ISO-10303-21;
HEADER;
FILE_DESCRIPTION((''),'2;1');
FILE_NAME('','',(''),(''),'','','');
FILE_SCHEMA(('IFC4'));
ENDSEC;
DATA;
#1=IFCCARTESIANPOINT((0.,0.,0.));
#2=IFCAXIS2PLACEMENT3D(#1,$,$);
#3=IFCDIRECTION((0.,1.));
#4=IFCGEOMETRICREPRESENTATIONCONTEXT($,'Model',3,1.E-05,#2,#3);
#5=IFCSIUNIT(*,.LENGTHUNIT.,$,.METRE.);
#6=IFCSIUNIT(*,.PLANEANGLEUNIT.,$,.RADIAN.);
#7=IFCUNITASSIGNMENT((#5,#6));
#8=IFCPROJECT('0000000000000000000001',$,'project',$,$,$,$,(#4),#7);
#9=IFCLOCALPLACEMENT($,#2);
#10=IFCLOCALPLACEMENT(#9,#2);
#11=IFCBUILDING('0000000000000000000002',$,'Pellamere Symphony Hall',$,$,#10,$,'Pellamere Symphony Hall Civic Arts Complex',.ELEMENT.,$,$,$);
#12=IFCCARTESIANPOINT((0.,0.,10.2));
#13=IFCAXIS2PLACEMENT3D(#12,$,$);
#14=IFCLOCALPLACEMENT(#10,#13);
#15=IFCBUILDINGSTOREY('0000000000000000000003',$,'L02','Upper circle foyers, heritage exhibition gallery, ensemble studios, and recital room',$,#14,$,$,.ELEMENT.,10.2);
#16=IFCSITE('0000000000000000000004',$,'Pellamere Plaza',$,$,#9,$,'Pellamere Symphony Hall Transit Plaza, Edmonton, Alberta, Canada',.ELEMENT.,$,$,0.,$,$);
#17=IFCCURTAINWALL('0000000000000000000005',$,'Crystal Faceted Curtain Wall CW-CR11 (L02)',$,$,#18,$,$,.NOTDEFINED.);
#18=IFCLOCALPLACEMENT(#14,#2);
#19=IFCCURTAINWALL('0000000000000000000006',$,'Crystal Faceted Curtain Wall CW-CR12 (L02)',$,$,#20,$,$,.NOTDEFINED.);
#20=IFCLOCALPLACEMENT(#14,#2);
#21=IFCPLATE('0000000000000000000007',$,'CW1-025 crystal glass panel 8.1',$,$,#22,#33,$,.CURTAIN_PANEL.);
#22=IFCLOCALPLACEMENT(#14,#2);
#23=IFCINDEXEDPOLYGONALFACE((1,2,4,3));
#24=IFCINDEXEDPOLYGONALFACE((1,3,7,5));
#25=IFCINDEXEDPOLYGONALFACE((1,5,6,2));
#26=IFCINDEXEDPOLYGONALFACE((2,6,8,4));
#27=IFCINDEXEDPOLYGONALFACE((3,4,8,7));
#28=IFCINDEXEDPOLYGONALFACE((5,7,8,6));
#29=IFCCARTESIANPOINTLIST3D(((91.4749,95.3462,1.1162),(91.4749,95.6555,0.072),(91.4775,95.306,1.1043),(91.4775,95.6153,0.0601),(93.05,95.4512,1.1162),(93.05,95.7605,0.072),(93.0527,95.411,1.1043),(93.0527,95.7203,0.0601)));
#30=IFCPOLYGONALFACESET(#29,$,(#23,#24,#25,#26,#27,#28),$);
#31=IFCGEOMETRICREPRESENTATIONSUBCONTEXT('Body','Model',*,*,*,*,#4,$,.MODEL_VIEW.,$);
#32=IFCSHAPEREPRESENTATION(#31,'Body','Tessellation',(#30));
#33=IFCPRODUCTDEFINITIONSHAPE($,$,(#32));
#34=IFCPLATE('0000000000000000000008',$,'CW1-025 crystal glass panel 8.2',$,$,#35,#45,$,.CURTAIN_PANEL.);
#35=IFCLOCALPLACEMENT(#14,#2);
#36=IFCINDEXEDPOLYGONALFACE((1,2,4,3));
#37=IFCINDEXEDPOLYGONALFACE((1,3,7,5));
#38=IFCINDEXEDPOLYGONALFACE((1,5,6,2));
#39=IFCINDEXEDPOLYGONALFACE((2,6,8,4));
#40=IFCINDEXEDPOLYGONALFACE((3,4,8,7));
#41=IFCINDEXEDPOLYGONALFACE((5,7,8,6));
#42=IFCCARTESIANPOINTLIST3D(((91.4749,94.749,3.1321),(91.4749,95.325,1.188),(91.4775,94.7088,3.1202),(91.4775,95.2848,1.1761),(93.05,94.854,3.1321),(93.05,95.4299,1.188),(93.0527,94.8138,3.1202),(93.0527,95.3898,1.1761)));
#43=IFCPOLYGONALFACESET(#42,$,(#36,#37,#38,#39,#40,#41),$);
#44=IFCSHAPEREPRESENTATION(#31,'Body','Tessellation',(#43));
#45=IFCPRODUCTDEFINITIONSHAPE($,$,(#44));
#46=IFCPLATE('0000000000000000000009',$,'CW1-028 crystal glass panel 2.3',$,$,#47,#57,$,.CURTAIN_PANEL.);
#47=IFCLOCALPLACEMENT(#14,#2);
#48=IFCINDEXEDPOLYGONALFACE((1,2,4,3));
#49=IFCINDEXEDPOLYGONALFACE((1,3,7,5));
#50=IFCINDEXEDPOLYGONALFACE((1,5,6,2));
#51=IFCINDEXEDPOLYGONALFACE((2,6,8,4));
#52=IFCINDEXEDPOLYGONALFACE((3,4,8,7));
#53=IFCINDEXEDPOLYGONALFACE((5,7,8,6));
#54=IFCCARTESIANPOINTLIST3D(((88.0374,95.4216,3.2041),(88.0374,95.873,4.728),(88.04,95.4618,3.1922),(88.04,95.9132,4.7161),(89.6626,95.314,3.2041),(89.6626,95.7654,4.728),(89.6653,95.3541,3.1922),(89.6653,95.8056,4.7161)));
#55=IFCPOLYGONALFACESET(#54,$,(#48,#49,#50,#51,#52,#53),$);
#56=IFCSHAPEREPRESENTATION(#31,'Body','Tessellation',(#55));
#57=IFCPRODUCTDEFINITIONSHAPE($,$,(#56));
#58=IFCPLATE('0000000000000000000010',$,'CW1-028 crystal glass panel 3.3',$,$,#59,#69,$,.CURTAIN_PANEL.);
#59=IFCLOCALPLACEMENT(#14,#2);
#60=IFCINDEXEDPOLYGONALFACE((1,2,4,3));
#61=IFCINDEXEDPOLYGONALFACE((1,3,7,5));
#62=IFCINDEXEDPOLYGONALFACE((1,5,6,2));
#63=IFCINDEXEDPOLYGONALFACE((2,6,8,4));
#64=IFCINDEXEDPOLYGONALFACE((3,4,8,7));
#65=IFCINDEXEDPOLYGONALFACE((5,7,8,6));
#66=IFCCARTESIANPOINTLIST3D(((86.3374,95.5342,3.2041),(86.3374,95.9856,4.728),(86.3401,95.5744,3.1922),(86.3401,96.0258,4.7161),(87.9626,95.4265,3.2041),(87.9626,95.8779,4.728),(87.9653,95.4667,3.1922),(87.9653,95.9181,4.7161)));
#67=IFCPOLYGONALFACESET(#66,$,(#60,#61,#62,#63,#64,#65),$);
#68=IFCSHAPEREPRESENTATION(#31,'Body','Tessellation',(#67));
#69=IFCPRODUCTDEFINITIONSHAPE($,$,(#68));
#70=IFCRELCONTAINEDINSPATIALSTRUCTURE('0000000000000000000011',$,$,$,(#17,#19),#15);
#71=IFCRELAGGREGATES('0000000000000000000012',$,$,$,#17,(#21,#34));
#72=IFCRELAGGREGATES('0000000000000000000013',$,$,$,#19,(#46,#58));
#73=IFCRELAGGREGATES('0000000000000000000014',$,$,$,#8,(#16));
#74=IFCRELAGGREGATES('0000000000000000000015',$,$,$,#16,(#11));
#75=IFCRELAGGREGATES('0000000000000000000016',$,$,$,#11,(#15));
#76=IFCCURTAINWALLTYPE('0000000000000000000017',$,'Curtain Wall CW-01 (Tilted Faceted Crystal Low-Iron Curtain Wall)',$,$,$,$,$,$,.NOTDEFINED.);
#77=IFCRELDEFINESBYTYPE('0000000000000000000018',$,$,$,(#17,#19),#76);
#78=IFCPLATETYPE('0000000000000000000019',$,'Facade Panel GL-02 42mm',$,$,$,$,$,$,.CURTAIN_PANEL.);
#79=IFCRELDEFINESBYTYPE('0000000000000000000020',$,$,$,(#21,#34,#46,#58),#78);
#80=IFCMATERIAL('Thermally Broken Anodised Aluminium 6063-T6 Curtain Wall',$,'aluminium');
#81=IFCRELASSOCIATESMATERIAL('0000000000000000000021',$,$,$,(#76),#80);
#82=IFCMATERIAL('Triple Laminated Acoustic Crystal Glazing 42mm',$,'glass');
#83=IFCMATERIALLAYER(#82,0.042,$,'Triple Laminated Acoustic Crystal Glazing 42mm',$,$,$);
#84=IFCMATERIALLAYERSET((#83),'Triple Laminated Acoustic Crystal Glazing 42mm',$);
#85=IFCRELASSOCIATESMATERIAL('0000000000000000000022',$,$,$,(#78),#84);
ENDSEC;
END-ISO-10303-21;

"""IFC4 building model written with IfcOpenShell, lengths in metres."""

from ifc_helpers import new_model, si_unit, direction, frame, origin, place, context, subcontext, project, spatial, polyline, outline, extrude, material, layer, layer_set, type_object, element, aggregate, save


model = new_model("IFC4")

# Units and contexts
model_context = context("Model", 3, precision=1e-05, world=origin(), true_north=direction((0.0, 1.0)))
body_context = subcontext(model_context, "Body", "Model", "MODEL_VIEW")
ifc_project = project(units=[si_unit("LENGTHUNIT", "METRE"), si_unit("PLANEANGLEUNIT", "RADIAN")], contexts=[model_context])

# Site, building, storey
site_placement = place(None, origin())
site = spatial("IfcSite", under=ifc_project, at=site_placement, Name="Pellamere Plaza", LongName="Pellamere Symphony Hall Transit Plaza, Edmonton, Alberta, Canada", CompositionType="ELEMENT", RefElevation=0.0)
building_placement = place(site_placement, origin())
building = spatial("IfcBuilding", under=site, at=building_placement, Name="Pellamere Symphony Hall", LongName="Pellamere Symphony Hall Civic Arts Complex", CompositionType="ELEMENT")
storey_placement = place(building_placement, frame((0.0, 0.0, 10.2)))
storey = spatial("IfcBuildingStorey", under=building, at=storey_placement, Name="L02", Description="Upper circle foyers, heritage exhibition gallery, ensemble studios, and recital room", CompositionType="ELEMENT", Elevation=10.2)

# Curtain walls
ifc_material_1 = material(Name="Thermally Broken Anodised Aluminium 6063-T6 Curtain Wall", Category="aluminium")
curtain_wall_type = type_object("IfcCurtainWallType", Name="Curtain Wall CW-01 (Tilted Faceted Crystal Low-Iron Curtain Wall)", PredefinedType="NOTDEFINED", material=ifc_material_1)
curtain_wall_1_placement = place(storey_placement, origin())
curtain_wall_1 = element("IfcCurtainWall", 1, at=curtain_wall_1_placement, inside=storey, type_object=curtain_wall_type, Name="Crystal Faceted Curtain Wall CW-CR11 (L02)", PredefinedType="NOTDEFINED")
curtain_wall_2_placement = place(storey_placement, origin())
curtain_wall_2 = element("IfcCurtainWall", 2, at=curtain_wall_2_placement, inside=storey, type_object=curtain_wall_type, Name="Crystal Faceted Curtain Wall CW-CR12 (L02)", PredefinedType="NOTDEFINED")

# Plates
ifc_material_2 = material(Name="Triple Laminated Acoustic Crystal Glazing 42mm", Category="glass")
ifc_layer = layer(ifc_material_2, 0.042, Name="Triple Laminated Acoustic Crystal Glazing 42mm")
ifc_layer_set = layer_set([ifc_layer], Name="Triple Laminated Acoustic Crystal Glazing 42mm")
plate_type = type_object("IfcPlateType", Name="Facade Panel GL-02 42mm", PredefinedType="CURTAIN_PANEL", material=ifc_layer_set)
plate_1_placement = place(storey_placement, frame((93.05, 95.7605, 0.072), z_axis=(-0.063771, 0.956862, 0.283457), x_axis=(-0.997787, -0.066498, 0.0)))
plate_1 = element("IfcPlate", 3, at=plate_1_placement, type_object=plate_type, Name="CW1-025 crystal glass panel 8.1", PredefinedType="CURTAIN_PANEL", context=body_context, shape_type="SweptSolid", body=[
    extrude(outline(polyline([(0.0, 0.0), (1.5787, 0.0), (1.5993, 1.0888), (0.0206, 1.0888), (0.0, 0.0)])), origin(), (0.0, 0.0, -1.0), 0.042),
])
plate_2_placement = place(storey_placement, frame((93.05, 95.4299, 1.188), z_axis=(-0.063771, 0.95686, 0.283465), x_axis=(-0.997787, -0.066498, 0.0)))
plate_2 = element("IfcPlate", 4, at=plate_2_placement, type_object=plate_type, Name="CW1-025 crystal glass panel 8.2", PredefinedType="CURTAIN_PANEL", context=body_context, shape_type="SweptSolid", body=[
    extrude(outline(polyline([(0.0, 0.0), (1.5787, 0.0), (1.617, 2.0272), (0.0383, 2.0272), (0.0, 0.0)])), origin(), (0.0, 0.0, -1.0), 0.042),
])
aggregate(curtain_wall_1, [plate_1, plate_2])
plate_3_placement = place(storey_placement, frame((89.6626, 95.314, 3.2041), z_axis=(-0.06339, -0.95689, 0.283449), x_axis=(-0.997813, 0.066101, 0.0)))
plate_3 = element("IfcPlate", 5, at=plate_3_placement, type_object=plate_type, Name="CW1-028 crystal glass panel 2.3", PredefinedType="CURTAIN_PANEL", context=body_context, shape_type="SweptSolid", body=[
    extrude(outline(polyline([(0.0, 0.0), (1.6288, 0.0), (1.6586, -1.5891), (0.0298, -1.5891), (0.0, 0.0)])), origin(), (0.0, 0.0, -1.0), 0.042),
])
plate_4_placement = place(storey_placement, frame((87.9626, 95.4265, 3.2041), z_axis=(-0.06339, -0.95689, 0.283449), x_axis=(-0.997813, 0.066101, 0.0)))
plate_4 = element("IfcPlate", 6, at=plate_4_placement, type_object=plate_type, Name="CW1-028 crystal glass panel 3.3", PredefinedType="CURTAIN_PANEL", context=body_context, shape_type="SweptSolid", body=[
    extrude(outline(polyline([(0.0, 0.0), (1.6288, 0.0), (1.6586, -1.5891), (0.0298, -1.5891), (0.0, 0.0)])), origin(), (0.0, 0.0, -1.0), 0.042),
])
aggregate(curtain_wall_2, [plate_3, plate_4])

save(model, "model.ifc")
